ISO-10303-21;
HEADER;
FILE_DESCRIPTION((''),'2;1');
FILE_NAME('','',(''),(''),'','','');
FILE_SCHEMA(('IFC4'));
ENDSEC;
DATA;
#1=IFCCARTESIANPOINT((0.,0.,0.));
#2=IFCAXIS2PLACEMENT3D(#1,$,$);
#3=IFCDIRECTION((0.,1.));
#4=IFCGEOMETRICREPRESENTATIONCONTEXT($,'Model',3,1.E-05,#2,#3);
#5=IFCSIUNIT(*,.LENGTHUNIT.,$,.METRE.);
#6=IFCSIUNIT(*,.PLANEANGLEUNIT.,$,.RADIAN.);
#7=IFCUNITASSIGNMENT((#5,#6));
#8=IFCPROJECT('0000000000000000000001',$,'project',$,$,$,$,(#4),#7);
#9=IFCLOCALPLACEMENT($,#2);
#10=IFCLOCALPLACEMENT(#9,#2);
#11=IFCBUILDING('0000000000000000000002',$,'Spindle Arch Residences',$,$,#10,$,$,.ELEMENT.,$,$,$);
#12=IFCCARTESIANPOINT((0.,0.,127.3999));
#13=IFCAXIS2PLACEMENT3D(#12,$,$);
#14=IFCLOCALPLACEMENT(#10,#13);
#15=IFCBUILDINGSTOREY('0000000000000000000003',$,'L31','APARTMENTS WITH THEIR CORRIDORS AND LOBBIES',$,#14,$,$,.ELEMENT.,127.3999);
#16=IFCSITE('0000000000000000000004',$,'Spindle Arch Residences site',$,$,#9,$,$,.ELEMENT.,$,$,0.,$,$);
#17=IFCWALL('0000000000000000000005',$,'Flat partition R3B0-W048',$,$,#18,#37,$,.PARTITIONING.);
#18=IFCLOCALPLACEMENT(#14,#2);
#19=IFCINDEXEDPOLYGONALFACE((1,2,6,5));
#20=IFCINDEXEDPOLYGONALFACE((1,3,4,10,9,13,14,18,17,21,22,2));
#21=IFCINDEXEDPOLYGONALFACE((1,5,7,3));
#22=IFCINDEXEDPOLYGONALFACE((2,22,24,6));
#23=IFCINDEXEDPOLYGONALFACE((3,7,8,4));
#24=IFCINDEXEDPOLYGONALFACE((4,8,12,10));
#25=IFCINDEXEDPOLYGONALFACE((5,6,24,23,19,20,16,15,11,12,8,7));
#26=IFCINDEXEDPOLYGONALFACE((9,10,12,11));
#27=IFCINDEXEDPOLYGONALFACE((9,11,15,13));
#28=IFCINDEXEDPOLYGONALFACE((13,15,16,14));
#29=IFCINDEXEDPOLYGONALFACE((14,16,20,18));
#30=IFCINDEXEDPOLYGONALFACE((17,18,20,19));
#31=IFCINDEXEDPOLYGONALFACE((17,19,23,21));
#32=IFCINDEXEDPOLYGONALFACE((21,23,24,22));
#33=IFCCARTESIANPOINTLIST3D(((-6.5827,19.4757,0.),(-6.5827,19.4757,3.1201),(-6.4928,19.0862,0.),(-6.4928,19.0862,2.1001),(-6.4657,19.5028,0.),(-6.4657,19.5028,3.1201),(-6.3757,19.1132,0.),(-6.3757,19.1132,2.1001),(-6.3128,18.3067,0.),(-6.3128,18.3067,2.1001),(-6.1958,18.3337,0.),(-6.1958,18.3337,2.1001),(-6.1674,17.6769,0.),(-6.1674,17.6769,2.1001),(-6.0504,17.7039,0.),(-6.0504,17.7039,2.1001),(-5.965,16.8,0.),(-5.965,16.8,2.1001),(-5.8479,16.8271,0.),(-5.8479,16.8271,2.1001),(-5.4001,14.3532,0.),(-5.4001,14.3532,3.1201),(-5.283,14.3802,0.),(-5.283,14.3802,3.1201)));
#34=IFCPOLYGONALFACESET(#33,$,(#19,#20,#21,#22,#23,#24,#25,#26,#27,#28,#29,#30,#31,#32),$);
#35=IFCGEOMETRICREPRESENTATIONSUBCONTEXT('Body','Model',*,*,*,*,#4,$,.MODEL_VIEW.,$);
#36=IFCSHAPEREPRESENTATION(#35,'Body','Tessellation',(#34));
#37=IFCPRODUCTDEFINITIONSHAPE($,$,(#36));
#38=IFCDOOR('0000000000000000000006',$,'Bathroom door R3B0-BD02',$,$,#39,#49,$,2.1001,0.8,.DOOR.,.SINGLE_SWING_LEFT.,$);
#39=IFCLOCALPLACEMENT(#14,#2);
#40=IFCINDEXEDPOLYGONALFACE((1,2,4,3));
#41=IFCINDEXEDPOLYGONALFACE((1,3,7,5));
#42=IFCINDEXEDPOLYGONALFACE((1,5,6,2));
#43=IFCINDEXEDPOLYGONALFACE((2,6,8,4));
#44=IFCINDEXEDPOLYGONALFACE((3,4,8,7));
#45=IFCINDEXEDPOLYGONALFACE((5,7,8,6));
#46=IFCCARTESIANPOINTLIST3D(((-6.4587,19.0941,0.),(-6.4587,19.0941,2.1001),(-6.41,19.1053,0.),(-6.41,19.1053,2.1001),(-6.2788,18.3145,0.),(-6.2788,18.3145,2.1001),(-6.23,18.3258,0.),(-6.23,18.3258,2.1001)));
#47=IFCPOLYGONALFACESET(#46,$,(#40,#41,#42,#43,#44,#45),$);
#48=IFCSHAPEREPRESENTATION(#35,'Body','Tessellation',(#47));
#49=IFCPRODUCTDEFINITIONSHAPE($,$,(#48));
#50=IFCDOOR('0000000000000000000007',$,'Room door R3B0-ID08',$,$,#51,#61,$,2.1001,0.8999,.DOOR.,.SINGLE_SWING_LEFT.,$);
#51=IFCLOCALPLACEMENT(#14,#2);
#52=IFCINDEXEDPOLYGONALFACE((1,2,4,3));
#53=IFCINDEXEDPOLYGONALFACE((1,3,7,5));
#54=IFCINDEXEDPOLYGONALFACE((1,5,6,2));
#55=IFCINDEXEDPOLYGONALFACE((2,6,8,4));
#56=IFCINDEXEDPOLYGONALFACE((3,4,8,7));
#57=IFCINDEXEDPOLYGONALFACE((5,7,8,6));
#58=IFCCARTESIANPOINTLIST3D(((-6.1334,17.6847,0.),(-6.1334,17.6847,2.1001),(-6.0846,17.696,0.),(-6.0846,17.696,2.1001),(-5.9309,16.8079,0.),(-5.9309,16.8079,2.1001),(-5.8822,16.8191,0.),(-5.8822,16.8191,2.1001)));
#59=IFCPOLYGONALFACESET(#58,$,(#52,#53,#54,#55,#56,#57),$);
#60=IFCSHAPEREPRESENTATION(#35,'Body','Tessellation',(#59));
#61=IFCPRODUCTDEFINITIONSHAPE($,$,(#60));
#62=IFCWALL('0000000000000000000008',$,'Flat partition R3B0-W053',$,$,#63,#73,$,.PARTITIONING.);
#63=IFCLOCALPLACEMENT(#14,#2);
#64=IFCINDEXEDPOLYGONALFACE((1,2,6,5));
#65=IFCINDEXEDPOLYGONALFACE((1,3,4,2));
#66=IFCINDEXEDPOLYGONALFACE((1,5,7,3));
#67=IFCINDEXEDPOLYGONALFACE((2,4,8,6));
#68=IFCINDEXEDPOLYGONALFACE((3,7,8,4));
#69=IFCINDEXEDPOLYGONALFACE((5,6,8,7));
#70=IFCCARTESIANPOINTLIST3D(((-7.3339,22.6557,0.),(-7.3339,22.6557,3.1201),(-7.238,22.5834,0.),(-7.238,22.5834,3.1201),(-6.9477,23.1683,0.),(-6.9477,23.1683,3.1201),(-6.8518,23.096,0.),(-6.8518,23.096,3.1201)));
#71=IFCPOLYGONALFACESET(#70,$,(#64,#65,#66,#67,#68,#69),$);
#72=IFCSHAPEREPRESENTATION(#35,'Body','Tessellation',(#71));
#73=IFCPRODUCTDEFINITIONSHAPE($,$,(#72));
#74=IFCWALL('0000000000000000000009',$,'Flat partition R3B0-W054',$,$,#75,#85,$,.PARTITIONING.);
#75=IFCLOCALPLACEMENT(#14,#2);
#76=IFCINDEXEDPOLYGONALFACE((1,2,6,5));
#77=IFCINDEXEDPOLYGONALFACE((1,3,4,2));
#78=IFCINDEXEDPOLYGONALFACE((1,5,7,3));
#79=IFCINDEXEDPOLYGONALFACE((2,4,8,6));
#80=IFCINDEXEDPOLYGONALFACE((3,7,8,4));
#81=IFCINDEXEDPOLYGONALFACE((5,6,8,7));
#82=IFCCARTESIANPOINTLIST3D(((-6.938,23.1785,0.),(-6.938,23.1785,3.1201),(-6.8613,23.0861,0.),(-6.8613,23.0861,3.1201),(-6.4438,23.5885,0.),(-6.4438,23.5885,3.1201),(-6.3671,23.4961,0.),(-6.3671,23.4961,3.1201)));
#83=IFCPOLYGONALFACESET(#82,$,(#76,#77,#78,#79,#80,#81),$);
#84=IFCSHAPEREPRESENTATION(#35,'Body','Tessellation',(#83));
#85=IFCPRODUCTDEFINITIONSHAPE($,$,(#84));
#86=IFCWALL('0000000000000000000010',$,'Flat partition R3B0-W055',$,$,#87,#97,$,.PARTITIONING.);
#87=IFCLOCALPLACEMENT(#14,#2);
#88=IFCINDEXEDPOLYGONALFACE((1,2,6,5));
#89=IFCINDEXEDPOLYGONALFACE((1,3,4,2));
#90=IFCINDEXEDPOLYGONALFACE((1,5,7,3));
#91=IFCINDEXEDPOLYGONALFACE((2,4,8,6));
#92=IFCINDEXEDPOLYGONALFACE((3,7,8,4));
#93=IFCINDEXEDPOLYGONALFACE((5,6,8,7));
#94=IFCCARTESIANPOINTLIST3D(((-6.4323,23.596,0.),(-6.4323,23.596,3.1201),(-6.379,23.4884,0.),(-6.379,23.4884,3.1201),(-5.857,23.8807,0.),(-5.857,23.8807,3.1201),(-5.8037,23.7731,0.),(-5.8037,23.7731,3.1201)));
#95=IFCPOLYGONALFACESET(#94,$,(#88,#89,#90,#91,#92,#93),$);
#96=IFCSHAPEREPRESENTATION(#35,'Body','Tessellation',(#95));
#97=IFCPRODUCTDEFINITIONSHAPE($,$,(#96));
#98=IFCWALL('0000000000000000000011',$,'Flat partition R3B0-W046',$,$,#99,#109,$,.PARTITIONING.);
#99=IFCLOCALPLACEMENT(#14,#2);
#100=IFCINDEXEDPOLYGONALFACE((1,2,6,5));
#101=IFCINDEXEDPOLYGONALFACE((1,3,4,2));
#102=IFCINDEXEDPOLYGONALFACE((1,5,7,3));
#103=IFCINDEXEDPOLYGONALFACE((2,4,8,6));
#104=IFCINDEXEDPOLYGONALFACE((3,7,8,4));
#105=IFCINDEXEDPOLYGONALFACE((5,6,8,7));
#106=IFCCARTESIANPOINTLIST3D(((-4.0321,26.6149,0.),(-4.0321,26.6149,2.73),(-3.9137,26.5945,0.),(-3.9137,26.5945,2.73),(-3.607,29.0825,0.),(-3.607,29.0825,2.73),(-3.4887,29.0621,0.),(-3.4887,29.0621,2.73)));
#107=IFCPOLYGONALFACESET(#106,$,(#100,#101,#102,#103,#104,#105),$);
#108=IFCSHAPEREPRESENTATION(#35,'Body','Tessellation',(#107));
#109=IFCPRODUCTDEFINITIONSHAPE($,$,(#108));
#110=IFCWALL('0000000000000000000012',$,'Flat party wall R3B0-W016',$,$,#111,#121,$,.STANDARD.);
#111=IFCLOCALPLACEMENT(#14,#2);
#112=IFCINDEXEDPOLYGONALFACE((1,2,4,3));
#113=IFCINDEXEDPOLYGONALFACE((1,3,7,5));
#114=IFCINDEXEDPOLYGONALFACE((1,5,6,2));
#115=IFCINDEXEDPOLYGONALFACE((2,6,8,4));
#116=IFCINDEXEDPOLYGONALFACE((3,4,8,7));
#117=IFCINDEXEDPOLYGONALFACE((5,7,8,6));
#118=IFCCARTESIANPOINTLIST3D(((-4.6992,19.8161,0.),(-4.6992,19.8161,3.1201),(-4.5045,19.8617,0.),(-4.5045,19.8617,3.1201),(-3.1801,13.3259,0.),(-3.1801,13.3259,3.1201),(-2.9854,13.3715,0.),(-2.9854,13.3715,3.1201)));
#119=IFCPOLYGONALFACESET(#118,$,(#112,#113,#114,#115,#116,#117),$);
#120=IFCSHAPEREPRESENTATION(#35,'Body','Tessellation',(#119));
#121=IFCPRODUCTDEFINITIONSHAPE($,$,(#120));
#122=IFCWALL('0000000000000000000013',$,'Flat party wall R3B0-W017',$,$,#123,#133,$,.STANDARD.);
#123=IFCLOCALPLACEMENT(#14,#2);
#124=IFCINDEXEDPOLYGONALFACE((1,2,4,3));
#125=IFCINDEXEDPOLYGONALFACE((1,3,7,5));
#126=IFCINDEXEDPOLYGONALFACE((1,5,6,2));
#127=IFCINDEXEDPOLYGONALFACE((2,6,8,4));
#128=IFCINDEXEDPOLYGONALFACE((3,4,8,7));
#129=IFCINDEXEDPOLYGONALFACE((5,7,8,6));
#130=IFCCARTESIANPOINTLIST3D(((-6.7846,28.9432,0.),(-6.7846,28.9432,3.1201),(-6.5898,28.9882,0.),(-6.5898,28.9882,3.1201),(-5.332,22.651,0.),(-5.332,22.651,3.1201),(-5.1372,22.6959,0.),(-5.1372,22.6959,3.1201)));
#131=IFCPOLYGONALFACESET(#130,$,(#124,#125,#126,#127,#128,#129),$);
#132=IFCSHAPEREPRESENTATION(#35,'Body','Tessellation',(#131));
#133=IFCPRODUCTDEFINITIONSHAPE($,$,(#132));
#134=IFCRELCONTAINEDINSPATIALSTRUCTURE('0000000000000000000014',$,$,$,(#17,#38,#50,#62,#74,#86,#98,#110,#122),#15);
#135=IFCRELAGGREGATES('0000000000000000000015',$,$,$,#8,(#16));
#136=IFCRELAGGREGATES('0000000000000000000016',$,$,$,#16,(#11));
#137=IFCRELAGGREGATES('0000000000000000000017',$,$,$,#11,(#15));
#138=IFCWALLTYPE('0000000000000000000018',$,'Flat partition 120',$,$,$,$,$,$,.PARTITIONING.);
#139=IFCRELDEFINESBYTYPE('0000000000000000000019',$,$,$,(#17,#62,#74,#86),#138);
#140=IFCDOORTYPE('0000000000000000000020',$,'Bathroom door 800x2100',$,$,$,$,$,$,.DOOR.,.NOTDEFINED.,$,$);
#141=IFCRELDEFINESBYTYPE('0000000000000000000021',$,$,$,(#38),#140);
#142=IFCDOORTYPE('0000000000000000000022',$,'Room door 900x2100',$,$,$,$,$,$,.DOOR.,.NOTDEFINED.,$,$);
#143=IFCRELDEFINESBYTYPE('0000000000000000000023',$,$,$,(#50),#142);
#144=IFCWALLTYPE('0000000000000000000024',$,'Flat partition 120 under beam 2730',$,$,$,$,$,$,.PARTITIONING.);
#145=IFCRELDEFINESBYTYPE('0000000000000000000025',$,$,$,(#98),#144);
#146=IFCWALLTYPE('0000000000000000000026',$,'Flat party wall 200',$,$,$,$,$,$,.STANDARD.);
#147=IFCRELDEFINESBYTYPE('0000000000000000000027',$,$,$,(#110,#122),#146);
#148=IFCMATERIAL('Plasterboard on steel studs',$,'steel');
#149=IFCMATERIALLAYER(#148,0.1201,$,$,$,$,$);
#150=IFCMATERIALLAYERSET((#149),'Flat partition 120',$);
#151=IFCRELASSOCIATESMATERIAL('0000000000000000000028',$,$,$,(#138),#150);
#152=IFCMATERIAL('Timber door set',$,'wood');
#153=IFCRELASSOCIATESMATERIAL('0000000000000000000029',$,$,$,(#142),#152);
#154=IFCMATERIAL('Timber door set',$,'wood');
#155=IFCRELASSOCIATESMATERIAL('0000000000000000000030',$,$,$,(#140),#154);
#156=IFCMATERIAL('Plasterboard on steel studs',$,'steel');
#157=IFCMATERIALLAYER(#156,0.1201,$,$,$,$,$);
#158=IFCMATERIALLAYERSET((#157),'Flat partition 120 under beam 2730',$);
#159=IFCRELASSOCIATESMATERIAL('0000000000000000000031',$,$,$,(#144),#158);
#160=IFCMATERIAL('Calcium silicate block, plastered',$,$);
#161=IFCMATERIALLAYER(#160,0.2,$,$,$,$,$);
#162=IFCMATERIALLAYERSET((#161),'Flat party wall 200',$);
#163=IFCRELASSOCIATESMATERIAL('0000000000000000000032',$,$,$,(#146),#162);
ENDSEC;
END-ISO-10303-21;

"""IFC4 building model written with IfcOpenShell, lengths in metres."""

from ifc_helpers import new_model, si_unit, direction, frame, frame_2d, origin, place, context, subcontext, project, spatial, rectangle, extrude, material, layer, layer_set, type_object, element, fill, save


model = new_model("IFC4")

# Units and contexts
model_context = context("Model", 3, precision=1e-05, world=origin(), true_north=direction((0.0, 1.0)))
body_context = subcontext(model_context, "Body", "Model", "MODEL_VIEW")
ifc_project = project(units=[si_unit("LENGTHUNIT", "METRE"), si_unit("PLANEANGLEUNIT", "RADIAN")], contexts=[model_context])

# Site, building, storey
site_placement = place(None, origin())
site = spatial("IfcSite", under=ifc_project, at=site_placement, Name="Spindle Arch Residences site", CompositionType="ELEMENT", RefElevation=0.0)
building_placement = place(site_placement, origin())
building = spatial("IfcBuilding", under=site, at=building_placement, Name="Spindle Arch Residences", CompositionType="ELEMENT")
storey_placement = place(building_placement, frame((0.0, 0.0, 127.3999)))
storey = spatial("IfcBuildingStorey", under=building, at=storey_placement, Name="L31", Description="APARTMENTS WITH THEIR CORRIDORS AND LOBBIES", CompositionType="ELEMENT", Elevation=127.3999)

# Shared definitions
ifc_material_1 = material(Name="Plasterboard on steel studs", Category="steel")
ifc_layer_1 = layer(ifc_material_1, 0.1201)
ifc_layer_set_1 = layer_set([ifc_layer_1], Name="Flat partition 120")
wall_type_1 = type_object("IfcWallType", Name="Flat partition 120", PredefinedType="PARTITIONING", material=ifc_layer_set_1)
ifc_material_2 = material(Name="Timber door set", Category="wood")
door_type_1 = type_object("IfcDoorType", Name="Room door 900x2100", OperationType="NOTDEFINED", PredefinedType="DOOR", material=ifc_material_2)
ifc_material_3 = material(Name="Timber door set", Category="wood")
door_type_2 = type_object("IfcDoorType", Name="Bathroom door 800x2100", OperationType="NOTDEFINED", PredefinedType="DOOR", material=ifc_material_3)

# Wall, openings, doors
wall_1_placement = place(storey_placement, frame((-6.5242, 19.4893, 0.0), z_axis=(0.0, 0.0, 1.0), x_axis=(0.224948, -0.974371, 0.0)))
wall_1 = element("IfcWall", 1, at=wall_1_placement, inside=storey, type_object=wall_type_1, Name="Flat partition R3B0-W048", PredefinedType="PARTITIONING", context=body_context, shape_type="SweptSolid", body=[
    extrude(rectangle(XDim=5.2573, YDim=0.1201, at=frame_2d((2.6287, 0.0))), origin(), (0.0, 0.0, 1.0), 3.1201),
])
opening_1_placement = place(wall_1_placement, frame((0.3999, 0.0, 0.0)))
opening_1 = element("IfcOpeningElement", 2, at=opening_1_placement, cuts=wall_1, PredefinedType="OPENING", context=body_context, shape_type="SweptSolid", body=[
    extrude(rectangle(XDim=0.8, YDim=2.1001, at=frame_2d((0.3999, 1.05))), frame((0.0, 0.0701, 0.0), z_axis=(0.0, -1.0, 0.0), x_axis=(1.0, 0.0, 0.0)), (0.0, 0.0, 1.0), 0.1401),
])
opening_2_placement = place(wall_1_placement, frame((1.8462, 0.0, 0.0)))
opening_2 = element("IfcOpeningElement", 3, at=opening_2_placement, cuts=wall_1, PredefinedType="OPENING", context=body_context, shape_type="SweptSolid", body=[
    extrude(rectangle(XDim=0.8999, YDim=2.1001, at=frame_2d((0.45, 1.05))), frame((0.0, 0.0701, 0.0), z_axis=(0.0, -1.0, 0.0), x_axis=(1.0, 0.0, 0.0)), (0.0, 0.0, 1.0), 0.1401),
])
door_1_placement = place(opening_1_placement, origin())
door_1 = element("IfcDoor", 4, at=door_1_placement, inside=storey, type_object=door_type_2, Name="Bathroom door R3B0-BD02", OperationType="SINGLE_SWING_LEFT", OverallHeight=2.1001, OverallWidth=0.8, PredefinedType="DOOR", context=body_context, shape_type="SweptSolid", body=[
    extrude(rectangle(XDim=0.8, YDim=2.1001, at=frame_2d((0.3999, 1.05))), frame((0.0, 0.0249, 0.0), z_axis=(0.0, -1.0, 0.0), x_axis=(1.0, 0.0, 0.0)), (0.0, 0.0, 1.0), 0.05),
])
fill(opening_1, door_1)
door_2_placement = place(opening_2_placement, origin())
door_2 = element("IfcDoor", 5, at=door_2_placement, inside=storey, type_object=door_type_1, Name="Room door R3B0-ID08", OperationType="SINGLE_SWING_LEFT", OverallHeight=2.1001, OverallWidth=0.8999, PredefinedType="DOOR", context=body_context, shape_type="SweptSolid", body=[
    extrude(rectangle(XDim=0.8999, YDim=2.1001, at=frame_2d((0.45, 1.05))), frame((0.0, 0.0249, 0.0), z_axis=(0.0, -1.0, 0.0), x_axis=(1.0, 0.0, 0.0)), (0.0, 0.0, 1.0), 0.05),
])
fill(opening_2, door_2)

# Walls
wall_2_placement = place(storey_placement, frame((-7.2859, 22.6196, 0.0), z_axis=(0.0, 0.0, 1.0), x_axis=(0.601703, 0.79872, 0.0)))
element("IfcWall", 6, at=wall_2_placement, inside=storey, type_object=wall_type_1, Name="Flat partition R3B0-W053", PredefinedType="PARTITIONING", context=body_context, shape_type="SweptSolid", body=[
    extrude(rectangle(XDim=0.6418, YDim=0.1201, at=frame_2d((0.3208, 0.0))), origin(), (0.0, 0.0, 1.0), 3.1201),
])
wall_3_placement = place(storey_placement, frame((-6.8997, 23.1323, 0.0), z_axis=(0.0, 0.0, 1.0), x_axis=(0.769653, 0.638462, 0.0)))
element("IfcWall", 7, at=wall_3_placement, inside=storey, type_object=wall_type_1, Name="Flat partition R3B0-W054", PredefinedType="PARTITIONING", context=body_context, shape_type="SweptSolid", body=[
    extrude(rectangle(XDim=0.6421, YDim=0.1201, at=frame_2d((0.321, 0.0))), origin(), (0.0, 0.0, 1.0), 3.1201),
])
wall_4_placement = place(storey_placement, frame((-6.4055, 23.5422, 0.0), z_axis=(0.0, 0.0, 1.0), x_axis=(0.896246, 0.443558, 0.0)))
element("IfcWall", 8, at=wall_4_placement, inside=storey, type_object=wall_type_1, Name="Flat partition R3B0-W055", PredefinedType="PARTITIONING", context=body_context, shape_type="SweptSolid", body=[
    extrude(rectangle(XDim=0.6418, YDim=0.1201, at=frame_2d((0.3208, 0.0))), origin(), (0.0, 0.0, 1.0), 3.1201),
])
ifc_material_4 = material(Name="Plasterboard on steel studs", Category="steel")
ifc_layer_2 = layer(ifc_material_4, 0.1201)
ifc_layer_set_2 = layer_set([ifc_layer_2], Name="Flat partition 120 under beam 2730")
wall_type_2 = type_object("IfcWallType", Name="Flat partition 120 under beam 2730", PredefinedType="PARTITIONING", material=ifc_layer_set_2)
wall_5_placement = place(storey_placement, frame((-3.5479, 29.0723, 0.0), z_axis=(0.0, 0.0, 1.0), x_axis=(-0.169757, -0.985486, 0.0)))
element("IfcWall", 9, at=wall_5_placement, inside=storey, type_object=wall_type_2, Name="Flat partition R3B0-W046", PredefinedType="PARTITIONING", context=body_context, shape_type="SweptSolid", body=[
    extrude(rectangle(XDim=2.5039, YDim=0.1201, at=frame_2d((1.252, 0.0))), origin(), (0.0, 0.0, 1.0), 2.73),
])
ifc_material_5 = material(Name="Calcium silicate block, plastered")
ifc_layer_3 = layer(ifc_material_5, 0.2)
ifc_layer_set_3 = layer_set([ifc_layer_3], Name="Flat party wall 200")
wall_type_3 = type_object("IfcWallType", Name="Flat party wall 200", PredefinedType="STANDARD", material=ifc_layer_set_3)
wall_6_placement = place(storey_placement, frame((-4.6018, 19.8389, 0.0), z_axis=(0.0, 0.0, 1.0), x_axis=(0.227892, -0.973686, 0.0)))
element("IfcWall", 10, at=wall_6_placement, inside=storey, type_object=wall_type_3, Name="Flat party wall R3B0-W016", PredefinedType="STANDARD", context=body_context, shape_type="SweptSolid", body=[
    extrude(rectangle(XDim=6.6655, YDim=0.2, at=frame_2d((3.3328, 0.0))), origin(), (0.0, 0.0, 1.0), 3.1201),
])
wall_7_placement = place(storey_placement, frame((-6.6873, 28.9658, 0.0), z_axis=(0.0, 0.0, 1.0), x_axis=(0.224945, -0.974371, 0.0)))
element("IfcWall", 11, at=wall_7_placement, inside=storey, type_object=wall_type_3, Name="Flat party wall R3B0-W017", PredefinedType="STANDARD", context=body_context, shape_type="SweptSolid", body=[
    extrude(rectangle(XDim=6.4578, YDim=0.2, at=frame_2d((3.229, 0.0))), origin(), (0.0, 0.0, 1.0), 3.1201),
])

save(model, "model.ifc")
